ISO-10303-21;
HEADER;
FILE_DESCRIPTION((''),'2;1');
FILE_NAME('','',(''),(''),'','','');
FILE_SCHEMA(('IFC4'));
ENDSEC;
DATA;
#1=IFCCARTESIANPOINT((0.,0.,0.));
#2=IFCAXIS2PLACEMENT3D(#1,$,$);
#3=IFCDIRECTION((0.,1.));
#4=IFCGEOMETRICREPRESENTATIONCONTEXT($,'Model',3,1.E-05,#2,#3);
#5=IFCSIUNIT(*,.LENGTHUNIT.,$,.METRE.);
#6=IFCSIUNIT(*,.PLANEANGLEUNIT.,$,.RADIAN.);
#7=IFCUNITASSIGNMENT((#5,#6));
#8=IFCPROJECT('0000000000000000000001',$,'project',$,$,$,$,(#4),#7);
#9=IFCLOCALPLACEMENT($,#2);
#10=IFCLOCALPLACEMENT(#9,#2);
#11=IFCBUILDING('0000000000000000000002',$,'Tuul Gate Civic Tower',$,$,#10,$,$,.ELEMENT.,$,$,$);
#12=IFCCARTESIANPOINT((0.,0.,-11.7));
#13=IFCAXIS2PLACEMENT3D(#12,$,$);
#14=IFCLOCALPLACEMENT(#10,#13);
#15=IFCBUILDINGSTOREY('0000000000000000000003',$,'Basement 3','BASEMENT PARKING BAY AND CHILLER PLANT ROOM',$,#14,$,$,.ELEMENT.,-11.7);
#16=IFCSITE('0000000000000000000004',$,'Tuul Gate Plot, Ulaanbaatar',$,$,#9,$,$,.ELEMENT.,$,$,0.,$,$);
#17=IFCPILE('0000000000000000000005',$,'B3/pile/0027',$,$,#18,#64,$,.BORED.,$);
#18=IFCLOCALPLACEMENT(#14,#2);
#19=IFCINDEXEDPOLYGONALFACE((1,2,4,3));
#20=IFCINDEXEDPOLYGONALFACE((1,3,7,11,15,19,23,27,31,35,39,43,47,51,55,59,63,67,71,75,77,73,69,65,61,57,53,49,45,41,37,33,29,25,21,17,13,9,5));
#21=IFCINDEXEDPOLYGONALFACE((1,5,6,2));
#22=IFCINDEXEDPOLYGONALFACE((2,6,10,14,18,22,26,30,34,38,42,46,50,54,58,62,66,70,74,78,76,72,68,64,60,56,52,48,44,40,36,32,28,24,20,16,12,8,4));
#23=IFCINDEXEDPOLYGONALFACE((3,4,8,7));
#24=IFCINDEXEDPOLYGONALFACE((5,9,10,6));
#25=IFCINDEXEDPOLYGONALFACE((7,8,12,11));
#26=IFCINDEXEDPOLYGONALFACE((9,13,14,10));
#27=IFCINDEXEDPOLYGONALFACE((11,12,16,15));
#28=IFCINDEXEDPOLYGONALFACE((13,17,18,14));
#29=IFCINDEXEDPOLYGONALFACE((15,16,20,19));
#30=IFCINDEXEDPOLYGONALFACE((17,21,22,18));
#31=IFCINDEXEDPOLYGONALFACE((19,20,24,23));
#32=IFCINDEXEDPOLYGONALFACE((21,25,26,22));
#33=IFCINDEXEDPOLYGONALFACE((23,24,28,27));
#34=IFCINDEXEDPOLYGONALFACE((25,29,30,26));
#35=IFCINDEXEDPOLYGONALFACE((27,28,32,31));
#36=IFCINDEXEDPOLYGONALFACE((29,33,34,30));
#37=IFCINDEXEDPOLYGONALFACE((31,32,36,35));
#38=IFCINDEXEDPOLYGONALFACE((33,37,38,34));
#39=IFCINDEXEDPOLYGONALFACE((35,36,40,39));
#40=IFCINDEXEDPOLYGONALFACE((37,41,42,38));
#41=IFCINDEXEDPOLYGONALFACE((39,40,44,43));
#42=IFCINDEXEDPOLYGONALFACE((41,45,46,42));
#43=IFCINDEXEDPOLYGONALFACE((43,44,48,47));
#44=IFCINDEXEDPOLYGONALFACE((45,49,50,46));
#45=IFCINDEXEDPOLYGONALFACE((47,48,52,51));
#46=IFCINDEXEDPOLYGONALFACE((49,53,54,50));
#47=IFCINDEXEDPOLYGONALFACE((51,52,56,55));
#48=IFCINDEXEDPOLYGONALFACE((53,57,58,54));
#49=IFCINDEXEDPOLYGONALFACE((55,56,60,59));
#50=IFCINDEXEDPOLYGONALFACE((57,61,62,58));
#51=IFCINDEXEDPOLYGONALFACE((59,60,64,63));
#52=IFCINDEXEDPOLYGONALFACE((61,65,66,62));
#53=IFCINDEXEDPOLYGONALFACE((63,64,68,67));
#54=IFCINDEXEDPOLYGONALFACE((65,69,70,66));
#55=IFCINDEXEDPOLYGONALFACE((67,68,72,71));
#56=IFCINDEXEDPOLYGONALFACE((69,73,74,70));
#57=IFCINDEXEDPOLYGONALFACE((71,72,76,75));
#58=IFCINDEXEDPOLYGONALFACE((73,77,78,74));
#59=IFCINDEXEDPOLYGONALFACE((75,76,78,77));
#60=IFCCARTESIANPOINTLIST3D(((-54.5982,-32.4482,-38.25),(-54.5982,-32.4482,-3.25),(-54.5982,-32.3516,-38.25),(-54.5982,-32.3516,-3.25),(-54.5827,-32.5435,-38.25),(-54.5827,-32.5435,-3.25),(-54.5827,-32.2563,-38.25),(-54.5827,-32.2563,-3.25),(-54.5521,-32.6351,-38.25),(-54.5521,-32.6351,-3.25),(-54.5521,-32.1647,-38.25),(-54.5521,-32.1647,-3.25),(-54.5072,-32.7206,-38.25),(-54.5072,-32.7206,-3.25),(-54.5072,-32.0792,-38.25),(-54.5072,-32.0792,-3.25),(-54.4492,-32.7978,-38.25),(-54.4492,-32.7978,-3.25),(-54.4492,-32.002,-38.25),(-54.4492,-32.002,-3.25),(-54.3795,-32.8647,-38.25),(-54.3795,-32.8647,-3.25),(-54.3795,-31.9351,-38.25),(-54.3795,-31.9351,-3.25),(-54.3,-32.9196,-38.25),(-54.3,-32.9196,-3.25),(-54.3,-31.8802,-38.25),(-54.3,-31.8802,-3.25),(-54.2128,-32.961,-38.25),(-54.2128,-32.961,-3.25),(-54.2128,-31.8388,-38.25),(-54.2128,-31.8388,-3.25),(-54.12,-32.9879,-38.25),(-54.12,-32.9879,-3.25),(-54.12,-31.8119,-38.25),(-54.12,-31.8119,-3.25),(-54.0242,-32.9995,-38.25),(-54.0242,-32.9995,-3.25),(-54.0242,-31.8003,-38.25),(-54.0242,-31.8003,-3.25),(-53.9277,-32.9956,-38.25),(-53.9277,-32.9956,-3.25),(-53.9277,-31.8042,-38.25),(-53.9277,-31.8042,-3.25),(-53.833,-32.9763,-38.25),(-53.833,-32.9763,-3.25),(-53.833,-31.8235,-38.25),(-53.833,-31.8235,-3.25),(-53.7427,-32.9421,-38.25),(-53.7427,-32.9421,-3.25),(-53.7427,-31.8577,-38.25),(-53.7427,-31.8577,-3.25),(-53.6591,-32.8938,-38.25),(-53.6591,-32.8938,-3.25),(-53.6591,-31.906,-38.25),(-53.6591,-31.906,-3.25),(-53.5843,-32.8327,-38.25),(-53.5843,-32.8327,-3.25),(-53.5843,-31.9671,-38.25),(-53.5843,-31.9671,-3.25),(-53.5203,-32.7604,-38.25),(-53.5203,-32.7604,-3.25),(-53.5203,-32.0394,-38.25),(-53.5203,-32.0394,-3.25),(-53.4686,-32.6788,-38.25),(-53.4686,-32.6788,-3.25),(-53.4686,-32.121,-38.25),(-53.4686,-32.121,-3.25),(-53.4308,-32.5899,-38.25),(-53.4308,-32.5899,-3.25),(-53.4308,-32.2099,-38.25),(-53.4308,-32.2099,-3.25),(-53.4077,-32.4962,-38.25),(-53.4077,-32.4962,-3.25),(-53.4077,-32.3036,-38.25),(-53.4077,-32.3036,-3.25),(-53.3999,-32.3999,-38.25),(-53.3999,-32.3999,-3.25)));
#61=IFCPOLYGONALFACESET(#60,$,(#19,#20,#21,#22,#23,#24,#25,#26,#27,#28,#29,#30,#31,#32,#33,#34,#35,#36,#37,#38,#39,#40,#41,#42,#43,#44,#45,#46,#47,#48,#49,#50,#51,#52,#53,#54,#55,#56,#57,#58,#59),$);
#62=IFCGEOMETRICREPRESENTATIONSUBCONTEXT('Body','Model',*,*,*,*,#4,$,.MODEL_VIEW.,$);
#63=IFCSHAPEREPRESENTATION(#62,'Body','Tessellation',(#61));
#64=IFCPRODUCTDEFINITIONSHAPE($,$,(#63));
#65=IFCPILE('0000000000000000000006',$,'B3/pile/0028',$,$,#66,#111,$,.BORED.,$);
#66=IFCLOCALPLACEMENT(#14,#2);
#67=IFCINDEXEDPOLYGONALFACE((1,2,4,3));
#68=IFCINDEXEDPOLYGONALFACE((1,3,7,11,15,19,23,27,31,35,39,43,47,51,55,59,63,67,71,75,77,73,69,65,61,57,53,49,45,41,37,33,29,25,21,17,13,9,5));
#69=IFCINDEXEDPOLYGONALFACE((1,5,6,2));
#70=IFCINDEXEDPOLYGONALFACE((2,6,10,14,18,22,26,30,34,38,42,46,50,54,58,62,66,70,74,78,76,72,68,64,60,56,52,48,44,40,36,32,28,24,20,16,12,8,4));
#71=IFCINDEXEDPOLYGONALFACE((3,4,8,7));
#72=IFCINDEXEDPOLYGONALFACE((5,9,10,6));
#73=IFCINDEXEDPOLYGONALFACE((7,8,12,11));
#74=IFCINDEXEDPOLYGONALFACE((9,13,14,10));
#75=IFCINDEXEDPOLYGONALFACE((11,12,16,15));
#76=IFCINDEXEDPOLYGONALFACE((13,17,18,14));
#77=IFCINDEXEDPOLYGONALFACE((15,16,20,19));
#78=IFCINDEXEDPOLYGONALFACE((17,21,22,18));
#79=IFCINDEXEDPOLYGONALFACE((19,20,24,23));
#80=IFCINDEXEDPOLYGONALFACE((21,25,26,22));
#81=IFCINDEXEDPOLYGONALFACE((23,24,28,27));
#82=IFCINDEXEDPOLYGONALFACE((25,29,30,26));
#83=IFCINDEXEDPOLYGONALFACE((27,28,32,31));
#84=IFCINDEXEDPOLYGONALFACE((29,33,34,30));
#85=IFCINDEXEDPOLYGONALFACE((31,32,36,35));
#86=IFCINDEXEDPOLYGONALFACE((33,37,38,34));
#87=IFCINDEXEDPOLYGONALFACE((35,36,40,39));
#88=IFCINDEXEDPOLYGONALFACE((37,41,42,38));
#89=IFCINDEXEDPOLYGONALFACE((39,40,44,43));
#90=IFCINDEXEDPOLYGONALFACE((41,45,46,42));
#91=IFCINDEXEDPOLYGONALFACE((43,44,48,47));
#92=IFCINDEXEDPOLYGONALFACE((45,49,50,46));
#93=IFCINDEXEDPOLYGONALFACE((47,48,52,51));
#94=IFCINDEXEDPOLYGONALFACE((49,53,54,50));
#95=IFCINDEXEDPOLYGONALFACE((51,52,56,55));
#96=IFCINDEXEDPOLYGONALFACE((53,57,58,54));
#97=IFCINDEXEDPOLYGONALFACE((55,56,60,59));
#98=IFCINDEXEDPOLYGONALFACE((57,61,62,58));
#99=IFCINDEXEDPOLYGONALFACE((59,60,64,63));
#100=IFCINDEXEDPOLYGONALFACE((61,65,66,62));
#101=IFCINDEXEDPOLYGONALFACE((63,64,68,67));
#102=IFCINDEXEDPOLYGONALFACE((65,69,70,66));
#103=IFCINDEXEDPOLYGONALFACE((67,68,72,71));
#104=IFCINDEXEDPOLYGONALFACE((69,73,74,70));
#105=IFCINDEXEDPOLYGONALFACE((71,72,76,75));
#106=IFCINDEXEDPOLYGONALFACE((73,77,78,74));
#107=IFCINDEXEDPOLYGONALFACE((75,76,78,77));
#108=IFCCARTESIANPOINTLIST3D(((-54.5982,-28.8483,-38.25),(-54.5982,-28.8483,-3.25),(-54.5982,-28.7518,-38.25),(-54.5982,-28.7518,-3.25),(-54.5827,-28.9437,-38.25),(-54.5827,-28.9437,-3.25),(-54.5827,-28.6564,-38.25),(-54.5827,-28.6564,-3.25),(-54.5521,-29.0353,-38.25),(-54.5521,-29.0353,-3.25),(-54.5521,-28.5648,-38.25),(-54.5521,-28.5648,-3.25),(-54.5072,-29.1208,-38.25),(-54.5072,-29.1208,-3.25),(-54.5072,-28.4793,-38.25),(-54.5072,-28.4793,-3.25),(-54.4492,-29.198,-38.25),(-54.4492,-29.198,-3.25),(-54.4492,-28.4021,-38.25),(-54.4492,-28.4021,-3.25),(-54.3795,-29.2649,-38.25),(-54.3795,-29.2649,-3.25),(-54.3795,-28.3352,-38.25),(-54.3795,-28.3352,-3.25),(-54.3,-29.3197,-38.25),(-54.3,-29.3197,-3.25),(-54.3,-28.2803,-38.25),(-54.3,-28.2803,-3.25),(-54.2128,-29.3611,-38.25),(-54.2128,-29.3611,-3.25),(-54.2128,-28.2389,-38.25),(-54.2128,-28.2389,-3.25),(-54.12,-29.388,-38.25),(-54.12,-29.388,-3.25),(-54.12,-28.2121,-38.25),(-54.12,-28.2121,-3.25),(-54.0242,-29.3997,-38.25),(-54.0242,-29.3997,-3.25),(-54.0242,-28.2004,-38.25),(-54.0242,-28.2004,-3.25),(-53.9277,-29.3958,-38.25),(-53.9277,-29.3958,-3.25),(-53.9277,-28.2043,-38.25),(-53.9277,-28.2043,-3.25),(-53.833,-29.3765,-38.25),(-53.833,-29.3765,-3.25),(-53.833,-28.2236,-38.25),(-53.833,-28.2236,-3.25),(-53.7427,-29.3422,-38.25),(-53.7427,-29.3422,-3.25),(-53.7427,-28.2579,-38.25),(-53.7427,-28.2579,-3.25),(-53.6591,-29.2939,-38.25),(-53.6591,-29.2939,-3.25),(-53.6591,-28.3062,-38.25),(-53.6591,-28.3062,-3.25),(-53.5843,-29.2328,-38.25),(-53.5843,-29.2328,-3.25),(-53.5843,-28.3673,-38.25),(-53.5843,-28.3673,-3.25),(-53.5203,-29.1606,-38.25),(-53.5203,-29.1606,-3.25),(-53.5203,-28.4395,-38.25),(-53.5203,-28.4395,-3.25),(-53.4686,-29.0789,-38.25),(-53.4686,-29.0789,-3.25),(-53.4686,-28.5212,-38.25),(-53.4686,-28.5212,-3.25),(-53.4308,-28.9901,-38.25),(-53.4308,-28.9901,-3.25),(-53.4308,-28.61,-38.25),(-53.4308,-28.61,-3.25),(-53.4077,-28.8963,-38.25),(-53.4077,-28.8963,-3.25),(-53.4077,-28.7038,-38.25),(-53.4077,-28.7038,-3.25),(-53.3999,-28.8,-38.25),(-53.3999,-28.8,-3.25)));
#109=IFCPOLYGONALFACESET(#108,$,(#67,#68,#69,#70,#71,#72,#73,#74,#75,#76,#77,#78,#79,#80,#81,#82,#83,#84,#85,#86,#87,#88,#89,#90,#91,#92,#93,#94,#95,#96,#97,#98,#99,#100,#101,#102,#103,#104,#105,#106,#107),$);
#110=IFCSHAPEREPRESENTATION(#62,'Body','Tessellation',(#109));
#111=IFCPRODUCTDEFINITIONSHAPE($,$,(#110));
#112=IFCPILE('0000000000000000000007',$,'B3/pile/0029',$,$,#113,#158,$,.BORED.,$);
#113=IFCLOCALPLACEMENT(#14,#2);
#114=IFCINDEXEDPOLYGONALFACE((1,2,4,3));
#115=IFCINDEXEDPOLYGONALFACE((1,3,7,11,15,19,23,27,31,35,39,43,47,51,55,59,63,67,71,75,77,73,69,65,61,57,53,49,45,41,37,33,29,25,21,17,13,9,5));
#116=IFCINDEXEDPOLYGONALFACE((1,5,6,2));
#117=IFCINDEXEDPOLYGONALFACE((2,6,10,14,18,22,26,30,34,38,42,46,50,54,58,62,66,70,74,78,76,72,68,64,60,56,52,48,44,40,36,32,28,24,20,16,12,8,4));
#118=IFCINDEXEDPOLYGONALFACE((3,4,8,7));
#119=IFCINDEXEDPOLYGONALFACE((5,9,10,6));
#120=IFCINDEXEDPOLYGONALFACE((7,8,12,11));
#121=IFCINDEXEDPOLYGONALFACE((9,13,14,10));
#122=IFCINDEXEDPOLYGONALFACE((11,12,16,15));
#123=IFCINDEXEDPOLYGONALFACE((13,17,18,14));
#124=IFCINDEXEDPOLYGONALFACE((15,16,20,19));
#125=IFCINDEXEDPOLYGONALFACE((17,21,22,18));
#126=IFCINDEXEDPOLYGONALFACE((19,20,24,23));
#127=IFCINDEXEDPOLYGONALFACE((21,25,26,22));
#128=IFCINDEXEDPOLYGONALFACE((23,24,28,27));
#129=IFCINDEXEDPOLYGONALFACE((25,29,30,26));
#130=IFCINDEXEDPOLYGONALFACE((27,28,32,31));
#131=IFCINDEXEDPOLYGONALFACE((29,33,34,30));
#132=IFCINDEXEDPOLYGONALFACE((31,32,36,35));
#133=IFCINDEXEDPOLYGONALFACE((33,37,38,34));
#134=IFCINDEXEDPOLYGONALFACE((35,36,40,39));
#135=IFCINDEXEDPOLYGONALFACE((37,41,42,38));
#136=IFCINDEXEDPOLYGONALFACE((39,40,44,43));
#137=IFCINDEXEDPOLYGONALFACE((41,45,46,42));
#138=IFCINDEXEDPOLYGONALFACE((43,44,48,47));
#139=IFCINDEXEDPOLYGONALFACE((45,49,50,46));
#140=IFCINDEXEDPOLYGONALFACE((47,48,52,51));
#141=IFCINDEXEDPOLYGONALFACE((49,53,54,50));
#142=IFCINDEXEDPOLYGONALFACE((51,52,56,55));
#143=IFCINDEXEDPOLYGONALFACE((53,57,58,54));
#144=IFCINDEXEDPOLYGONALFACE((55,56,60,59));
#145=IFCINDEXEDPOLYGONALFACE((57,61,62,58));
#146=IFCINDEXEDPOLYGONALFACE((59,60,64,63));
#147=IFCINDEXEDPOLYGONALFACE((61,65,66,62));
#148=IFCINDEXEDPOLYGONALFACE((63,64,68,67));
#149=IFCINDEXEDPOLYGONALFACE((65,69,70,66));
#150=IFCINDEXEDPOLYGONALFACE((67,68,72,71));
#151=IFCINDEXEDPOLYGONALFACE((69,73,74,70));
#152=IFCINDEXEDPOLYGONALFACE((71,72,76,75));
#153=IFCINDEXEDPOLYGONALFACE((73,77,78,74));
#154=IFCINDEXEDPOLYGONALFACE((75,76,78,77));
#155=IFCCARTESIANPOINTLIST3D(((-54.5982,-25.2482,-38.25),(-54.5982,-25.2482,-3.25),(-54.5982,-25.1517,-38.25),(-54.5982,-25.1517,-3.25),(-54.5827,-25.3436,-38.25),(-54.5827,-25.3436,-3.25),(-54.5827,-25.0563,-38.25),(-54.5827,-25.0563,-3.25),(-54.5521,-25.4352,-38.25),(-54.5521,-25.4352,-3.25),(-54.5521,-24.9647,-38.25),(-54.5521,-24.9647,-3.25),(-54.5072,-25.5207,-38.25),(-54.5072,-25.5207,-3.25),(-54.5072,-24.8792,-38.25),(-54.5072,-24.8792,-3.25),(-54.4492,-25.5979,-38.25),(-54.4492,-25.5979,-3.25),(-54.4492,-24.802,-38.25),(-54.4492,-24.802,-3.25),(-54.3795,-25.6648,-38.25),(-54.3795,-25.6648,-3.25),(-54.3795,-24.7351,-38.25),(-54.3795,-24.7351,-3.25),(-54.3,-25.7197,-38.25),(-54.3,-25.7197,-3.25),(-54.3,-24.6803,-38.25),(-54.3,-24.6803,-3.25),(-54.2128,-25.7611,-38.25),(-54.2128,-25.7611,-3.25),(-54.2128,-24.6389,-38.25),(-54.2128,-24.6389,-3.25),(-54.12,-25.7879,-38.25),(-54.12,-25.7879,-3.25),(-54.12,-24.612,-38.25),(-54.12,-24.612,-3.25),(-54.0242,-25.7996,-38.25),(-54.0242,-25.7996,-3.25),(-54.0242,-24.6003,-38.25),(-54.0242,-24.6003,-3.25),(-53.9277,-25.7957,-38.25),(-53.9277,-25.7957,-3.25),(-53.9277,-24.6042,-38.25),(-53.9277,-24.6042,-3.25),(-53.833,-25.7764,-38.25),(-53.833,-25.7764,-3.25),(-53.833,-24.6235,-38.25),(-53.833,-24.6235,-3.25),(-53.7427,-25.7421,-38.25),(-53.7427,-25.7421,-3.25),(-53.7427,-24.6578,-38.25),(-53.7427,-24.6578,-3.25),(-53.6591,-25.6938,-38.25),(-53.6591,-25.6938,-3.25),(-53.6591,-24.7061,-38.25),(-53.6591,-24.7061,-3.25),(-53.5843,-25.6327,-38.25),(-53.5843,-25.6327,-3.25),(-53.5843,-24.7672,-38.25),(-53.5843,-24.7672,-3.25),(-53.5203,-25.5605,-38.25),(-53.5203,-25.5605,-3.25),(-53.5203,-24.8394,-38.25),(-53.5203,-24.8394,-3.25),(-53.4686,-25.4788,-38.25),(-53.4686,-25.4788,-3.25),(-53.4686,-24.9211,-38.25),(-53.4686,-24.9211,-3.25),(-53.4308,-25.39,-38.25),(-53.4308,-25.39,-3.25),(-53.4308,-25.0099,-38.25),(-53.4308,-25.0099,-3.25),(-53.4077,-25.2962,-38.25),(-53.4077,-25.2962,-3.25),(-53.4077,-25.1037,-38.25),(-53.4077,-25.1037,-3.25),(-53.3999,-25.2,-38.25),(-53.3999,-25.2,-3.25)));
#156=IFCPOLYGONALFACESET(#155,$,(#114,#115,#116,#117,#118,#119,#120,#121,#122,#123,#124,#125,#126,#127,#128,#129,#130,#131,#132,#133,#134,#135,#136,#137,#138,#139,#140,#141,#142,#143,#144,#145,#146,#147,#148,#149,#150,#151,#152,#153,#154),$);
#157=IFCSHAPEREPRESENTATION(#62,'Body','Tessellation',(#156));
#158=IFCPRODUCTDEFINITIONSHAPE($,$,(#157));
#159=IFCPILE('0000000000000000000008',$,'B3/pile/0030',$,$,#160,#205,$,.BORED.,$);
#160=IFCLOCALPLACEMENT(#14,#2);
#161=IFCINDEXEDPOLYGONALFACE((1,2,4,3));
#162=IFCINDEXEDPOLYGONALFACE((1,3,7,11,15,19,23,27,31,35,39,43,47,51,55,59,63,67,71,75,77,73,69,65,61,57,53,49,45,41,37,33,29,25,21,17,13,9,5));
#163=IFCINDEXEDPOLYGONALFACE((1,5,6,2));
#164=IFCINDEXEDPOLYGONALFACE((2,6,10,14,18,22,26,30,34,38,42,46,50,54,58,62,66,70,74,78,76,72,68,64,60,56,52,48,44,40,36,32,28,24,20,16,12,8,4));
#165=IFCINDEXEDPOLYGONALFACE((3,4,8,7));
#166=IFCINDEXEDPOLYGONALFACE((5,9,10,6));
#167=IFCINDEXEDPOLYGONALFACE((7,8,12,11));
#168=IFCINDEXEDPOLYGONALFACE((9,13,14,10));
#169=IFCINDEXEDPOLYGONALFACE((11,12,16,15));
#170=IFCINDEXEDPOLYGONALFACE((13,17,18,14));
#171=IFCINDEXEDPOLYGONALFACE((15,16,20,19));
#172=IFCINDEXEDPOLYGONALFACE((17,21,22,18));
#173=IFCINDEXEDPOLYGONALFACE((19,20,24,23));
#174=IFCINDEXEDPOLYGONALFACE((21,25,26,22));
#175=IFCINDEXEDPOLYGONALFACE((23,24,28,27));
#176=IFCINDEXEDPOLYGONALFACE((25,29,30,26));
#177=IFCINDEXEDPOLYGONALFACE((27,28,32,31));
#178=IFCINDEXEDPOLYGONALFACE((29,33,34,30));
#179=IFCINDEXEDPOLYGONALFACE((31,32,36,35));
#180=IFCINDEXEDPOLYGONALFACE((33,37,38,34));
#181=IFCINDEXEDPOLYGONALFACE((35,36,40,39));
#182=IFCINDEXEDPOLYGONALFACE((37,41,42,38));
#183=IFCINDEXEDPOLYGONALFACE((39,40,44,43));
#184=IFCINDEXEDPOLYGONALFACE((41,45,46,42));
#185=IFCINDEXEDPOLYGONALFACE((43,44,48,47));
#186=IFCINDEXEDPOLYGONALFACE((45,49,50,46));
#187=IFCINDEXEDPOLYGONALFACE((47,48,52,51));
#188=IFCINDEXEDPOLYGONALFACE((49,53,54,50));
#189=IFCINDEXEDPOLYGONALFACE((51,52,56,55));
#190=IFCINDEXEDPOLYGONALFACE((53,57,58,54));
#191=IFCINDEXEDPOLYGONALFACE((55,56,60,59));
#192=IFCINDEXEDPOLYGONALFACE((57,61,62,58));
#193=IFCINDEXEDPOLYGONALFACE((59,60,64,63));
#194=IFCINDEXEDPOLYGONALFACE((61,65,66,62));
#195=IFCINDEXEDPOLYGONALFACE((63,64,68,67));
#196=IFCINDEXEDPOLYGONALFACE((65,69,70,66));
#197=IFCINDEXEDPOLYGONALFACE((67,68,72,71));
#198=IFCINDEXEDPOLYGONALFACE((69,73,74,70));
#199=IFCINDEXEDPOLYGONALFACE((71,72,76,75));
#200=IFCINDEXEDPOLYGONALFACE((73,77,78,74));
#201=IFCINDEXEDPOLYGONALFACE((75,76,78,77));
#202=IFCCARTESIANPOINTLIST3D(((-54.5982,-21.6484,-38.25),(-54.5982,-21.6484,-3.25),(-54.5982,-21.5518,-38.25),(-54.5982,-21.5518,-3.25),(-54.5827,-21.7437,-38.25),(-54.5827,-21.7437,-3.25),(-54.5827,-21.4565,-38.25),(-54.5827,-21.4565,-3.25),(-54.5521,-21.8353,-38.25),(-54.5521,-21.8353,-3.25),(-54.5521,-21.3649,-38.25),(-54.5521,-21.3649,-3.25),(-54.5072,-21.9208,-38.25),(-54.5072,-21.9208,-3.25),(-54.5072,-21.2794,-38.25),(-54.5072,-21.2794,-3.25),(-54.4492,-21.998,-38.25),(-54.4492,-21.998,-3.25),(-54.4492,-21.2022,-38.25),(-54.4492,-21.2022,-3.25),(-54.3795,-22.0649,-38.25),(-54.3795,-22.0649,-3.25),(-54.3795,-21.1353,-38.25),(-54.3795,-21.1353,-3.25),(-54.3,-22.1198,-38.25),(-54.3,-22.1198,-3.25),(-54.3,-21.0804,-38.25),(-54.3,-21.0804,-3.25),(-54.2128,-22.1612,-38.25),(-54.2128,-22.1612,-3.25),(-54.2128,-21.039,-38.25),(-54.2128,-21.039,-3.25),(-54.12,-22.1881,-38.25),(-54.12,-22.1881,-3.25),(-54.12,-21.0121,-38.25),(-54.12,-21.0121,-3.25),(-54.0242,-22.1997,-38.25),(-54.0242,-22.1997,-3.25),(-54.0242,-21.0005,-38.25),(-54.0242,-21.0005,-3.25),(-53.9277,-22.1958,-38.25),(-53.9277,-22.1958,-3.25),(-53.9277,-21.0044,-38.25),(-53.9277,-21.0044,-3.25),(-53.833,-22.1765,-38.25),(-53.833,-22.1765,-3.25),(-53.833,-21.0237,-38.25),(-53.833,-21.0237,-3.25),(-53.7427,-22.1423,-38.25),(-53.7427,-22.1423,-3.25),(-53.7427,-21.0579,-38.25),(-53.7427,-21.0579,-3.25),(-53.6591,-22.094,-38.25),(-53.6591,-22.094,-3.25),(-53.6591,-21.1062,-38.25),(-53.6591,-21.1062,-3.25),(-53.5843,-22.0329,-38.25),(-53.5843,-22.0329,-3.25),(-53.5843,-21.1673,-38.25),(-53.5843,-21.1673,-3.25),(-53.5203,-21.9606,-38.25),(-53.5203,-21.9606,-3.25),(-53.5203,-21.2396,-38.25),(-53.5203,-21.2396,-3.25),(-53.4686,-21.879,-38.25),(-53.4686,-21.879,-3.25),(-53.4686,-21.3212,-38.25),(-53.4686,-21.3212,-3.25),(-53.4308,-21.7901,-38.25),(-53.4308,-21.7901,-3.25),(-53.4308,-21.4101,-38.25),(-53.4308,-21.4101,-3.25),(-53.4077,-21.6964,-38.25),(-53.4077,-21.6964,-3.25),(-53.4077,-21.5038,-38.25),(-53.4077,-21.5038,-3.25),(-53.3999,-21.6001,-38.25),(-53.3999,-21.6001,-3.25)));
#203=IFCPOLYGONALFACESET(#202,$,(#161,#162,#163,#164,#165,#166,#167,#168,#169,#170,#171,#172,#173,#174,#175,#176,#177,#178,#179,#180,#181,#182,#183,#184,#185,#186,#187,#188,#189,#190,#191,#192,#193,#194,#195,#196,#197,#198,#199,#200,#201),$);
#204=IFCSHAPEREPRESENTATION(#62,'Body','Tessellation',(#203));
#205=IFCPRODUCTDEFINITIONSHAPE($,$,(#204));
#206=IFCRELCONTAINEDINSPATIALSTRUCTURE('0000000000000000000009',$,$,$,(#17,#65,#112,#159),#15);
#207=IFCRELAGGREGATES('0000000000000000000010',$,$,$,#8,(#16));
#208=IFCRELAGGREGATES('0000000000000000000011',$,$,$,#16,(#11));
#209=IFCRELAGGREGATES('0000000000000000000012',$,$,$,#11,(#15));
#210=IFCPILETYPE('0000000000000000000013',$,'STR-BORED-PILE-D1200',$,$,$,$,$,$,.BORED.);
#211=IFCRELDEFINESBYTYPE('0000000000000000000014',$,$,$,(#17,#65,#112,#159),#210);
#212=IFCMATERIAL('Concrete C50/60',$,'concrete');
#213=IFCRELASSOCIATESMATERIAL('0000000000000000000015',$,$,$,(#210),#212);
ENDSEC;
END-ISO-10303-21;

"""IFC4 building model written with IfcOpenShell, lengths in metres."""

from ifc_helpers import new_model, si_unit, direction, frame, origin, origin_2d, place, context, subcontext, project, spatial, circle, extrude, material, material_profile, profile_set, type_object, element, save


model = new_model("IFC4")

# Units and contexts
model_context = context("Model", 3, precision=1e-05, world=origin(), true_north=direction((0.0, 1.0)))
body_context = subcontext(model_context, "Body", "Model", "MODEL_VIEW")
ifc_project = project(units=[si_unit("LENGTHUNIT", "METRE"), si_unit("PLANEANGLEUNIT", "RADIAN")], contexts=[model_context])

# Site, building, storey
site_placement = place(None, origin())
site = spatial("IfcSite", under=ifc_project, at=site_placement, Name="Tuul Gate Plot, Ulaanbaatar", CompositionType="ELEMENT", RefElevation=0.0)
building_placement = place(site_placement, origin())
building = spatial("IfcBuilding", under=site, at=building_placement, Name="Tuul Gate Civic Tower", CompositionType="ELEMENT")
storey_placement = place(building_placement, frame((0.0, 0.0, -11.7)))
storey = spatial("IfcBuildingStorey", under=building, at=storey_placement, Name="Basement 3", Description="BASEMENT PARKING BAY AND CHILLER PLANT ROOM", CompositionType="ELEMENT", Elevation=-11.7)

# Piles
ifc_material_1 = material(Name="Concrete C50/60", Category="concrete")
ifc_material_profile_1 = material_profile(ifc_material_1, circle(Radius=0.6001, at=origin_2d()), Name="PILE1200")
ifc_profile_set_1 = profile_set([ifc_material_profile_1], Name="Concrete C50/60")
pile_type = type_object("IfcPileType", Name="STR-BORED-PILE-D1200", PredefinedType="BORED", material=ifc_profile_set_1)
for number, where, z_axis, x_axis, name in (
    (1, (-54.0, -32.3999, -3.25), (0.0, 0.0, -1.0), (1.0, 0.0, 0.0), "B3/pile/0027"),
    (2, (-54.0, -28.8, -3.25), (0.0, 0.0, -1.0), (1.0, 0.0, 0.0), "B3/pile/0028"),
    (3, (-54.0, -25.2, -3.25), (0.0, 0.0, -1.0), (1.0, 0.0, 0.0), "B3/pile/0029"),
    (4, (-54.0, -21.6001, -3.25), (0.0, 0.0, -1.0), (1.0, 0.0, 0.0), "B3/pile/0030"),
):
    element("IfcPile", number, at=place(storey_placement, frame(where, z_axis=z_axis, x_axis=x_axis)), inside=storey, type_object=pile_type, Name=name, PredefinedType="BORED", context=body_context, shape_type="SweptSolid", body=[
        extrude(circle(Radius=0.6001, at=origin_2d()), origin(), (0.0, 0.0, 1.0), 35.0),
    ])

save(model, "model.ifc")
